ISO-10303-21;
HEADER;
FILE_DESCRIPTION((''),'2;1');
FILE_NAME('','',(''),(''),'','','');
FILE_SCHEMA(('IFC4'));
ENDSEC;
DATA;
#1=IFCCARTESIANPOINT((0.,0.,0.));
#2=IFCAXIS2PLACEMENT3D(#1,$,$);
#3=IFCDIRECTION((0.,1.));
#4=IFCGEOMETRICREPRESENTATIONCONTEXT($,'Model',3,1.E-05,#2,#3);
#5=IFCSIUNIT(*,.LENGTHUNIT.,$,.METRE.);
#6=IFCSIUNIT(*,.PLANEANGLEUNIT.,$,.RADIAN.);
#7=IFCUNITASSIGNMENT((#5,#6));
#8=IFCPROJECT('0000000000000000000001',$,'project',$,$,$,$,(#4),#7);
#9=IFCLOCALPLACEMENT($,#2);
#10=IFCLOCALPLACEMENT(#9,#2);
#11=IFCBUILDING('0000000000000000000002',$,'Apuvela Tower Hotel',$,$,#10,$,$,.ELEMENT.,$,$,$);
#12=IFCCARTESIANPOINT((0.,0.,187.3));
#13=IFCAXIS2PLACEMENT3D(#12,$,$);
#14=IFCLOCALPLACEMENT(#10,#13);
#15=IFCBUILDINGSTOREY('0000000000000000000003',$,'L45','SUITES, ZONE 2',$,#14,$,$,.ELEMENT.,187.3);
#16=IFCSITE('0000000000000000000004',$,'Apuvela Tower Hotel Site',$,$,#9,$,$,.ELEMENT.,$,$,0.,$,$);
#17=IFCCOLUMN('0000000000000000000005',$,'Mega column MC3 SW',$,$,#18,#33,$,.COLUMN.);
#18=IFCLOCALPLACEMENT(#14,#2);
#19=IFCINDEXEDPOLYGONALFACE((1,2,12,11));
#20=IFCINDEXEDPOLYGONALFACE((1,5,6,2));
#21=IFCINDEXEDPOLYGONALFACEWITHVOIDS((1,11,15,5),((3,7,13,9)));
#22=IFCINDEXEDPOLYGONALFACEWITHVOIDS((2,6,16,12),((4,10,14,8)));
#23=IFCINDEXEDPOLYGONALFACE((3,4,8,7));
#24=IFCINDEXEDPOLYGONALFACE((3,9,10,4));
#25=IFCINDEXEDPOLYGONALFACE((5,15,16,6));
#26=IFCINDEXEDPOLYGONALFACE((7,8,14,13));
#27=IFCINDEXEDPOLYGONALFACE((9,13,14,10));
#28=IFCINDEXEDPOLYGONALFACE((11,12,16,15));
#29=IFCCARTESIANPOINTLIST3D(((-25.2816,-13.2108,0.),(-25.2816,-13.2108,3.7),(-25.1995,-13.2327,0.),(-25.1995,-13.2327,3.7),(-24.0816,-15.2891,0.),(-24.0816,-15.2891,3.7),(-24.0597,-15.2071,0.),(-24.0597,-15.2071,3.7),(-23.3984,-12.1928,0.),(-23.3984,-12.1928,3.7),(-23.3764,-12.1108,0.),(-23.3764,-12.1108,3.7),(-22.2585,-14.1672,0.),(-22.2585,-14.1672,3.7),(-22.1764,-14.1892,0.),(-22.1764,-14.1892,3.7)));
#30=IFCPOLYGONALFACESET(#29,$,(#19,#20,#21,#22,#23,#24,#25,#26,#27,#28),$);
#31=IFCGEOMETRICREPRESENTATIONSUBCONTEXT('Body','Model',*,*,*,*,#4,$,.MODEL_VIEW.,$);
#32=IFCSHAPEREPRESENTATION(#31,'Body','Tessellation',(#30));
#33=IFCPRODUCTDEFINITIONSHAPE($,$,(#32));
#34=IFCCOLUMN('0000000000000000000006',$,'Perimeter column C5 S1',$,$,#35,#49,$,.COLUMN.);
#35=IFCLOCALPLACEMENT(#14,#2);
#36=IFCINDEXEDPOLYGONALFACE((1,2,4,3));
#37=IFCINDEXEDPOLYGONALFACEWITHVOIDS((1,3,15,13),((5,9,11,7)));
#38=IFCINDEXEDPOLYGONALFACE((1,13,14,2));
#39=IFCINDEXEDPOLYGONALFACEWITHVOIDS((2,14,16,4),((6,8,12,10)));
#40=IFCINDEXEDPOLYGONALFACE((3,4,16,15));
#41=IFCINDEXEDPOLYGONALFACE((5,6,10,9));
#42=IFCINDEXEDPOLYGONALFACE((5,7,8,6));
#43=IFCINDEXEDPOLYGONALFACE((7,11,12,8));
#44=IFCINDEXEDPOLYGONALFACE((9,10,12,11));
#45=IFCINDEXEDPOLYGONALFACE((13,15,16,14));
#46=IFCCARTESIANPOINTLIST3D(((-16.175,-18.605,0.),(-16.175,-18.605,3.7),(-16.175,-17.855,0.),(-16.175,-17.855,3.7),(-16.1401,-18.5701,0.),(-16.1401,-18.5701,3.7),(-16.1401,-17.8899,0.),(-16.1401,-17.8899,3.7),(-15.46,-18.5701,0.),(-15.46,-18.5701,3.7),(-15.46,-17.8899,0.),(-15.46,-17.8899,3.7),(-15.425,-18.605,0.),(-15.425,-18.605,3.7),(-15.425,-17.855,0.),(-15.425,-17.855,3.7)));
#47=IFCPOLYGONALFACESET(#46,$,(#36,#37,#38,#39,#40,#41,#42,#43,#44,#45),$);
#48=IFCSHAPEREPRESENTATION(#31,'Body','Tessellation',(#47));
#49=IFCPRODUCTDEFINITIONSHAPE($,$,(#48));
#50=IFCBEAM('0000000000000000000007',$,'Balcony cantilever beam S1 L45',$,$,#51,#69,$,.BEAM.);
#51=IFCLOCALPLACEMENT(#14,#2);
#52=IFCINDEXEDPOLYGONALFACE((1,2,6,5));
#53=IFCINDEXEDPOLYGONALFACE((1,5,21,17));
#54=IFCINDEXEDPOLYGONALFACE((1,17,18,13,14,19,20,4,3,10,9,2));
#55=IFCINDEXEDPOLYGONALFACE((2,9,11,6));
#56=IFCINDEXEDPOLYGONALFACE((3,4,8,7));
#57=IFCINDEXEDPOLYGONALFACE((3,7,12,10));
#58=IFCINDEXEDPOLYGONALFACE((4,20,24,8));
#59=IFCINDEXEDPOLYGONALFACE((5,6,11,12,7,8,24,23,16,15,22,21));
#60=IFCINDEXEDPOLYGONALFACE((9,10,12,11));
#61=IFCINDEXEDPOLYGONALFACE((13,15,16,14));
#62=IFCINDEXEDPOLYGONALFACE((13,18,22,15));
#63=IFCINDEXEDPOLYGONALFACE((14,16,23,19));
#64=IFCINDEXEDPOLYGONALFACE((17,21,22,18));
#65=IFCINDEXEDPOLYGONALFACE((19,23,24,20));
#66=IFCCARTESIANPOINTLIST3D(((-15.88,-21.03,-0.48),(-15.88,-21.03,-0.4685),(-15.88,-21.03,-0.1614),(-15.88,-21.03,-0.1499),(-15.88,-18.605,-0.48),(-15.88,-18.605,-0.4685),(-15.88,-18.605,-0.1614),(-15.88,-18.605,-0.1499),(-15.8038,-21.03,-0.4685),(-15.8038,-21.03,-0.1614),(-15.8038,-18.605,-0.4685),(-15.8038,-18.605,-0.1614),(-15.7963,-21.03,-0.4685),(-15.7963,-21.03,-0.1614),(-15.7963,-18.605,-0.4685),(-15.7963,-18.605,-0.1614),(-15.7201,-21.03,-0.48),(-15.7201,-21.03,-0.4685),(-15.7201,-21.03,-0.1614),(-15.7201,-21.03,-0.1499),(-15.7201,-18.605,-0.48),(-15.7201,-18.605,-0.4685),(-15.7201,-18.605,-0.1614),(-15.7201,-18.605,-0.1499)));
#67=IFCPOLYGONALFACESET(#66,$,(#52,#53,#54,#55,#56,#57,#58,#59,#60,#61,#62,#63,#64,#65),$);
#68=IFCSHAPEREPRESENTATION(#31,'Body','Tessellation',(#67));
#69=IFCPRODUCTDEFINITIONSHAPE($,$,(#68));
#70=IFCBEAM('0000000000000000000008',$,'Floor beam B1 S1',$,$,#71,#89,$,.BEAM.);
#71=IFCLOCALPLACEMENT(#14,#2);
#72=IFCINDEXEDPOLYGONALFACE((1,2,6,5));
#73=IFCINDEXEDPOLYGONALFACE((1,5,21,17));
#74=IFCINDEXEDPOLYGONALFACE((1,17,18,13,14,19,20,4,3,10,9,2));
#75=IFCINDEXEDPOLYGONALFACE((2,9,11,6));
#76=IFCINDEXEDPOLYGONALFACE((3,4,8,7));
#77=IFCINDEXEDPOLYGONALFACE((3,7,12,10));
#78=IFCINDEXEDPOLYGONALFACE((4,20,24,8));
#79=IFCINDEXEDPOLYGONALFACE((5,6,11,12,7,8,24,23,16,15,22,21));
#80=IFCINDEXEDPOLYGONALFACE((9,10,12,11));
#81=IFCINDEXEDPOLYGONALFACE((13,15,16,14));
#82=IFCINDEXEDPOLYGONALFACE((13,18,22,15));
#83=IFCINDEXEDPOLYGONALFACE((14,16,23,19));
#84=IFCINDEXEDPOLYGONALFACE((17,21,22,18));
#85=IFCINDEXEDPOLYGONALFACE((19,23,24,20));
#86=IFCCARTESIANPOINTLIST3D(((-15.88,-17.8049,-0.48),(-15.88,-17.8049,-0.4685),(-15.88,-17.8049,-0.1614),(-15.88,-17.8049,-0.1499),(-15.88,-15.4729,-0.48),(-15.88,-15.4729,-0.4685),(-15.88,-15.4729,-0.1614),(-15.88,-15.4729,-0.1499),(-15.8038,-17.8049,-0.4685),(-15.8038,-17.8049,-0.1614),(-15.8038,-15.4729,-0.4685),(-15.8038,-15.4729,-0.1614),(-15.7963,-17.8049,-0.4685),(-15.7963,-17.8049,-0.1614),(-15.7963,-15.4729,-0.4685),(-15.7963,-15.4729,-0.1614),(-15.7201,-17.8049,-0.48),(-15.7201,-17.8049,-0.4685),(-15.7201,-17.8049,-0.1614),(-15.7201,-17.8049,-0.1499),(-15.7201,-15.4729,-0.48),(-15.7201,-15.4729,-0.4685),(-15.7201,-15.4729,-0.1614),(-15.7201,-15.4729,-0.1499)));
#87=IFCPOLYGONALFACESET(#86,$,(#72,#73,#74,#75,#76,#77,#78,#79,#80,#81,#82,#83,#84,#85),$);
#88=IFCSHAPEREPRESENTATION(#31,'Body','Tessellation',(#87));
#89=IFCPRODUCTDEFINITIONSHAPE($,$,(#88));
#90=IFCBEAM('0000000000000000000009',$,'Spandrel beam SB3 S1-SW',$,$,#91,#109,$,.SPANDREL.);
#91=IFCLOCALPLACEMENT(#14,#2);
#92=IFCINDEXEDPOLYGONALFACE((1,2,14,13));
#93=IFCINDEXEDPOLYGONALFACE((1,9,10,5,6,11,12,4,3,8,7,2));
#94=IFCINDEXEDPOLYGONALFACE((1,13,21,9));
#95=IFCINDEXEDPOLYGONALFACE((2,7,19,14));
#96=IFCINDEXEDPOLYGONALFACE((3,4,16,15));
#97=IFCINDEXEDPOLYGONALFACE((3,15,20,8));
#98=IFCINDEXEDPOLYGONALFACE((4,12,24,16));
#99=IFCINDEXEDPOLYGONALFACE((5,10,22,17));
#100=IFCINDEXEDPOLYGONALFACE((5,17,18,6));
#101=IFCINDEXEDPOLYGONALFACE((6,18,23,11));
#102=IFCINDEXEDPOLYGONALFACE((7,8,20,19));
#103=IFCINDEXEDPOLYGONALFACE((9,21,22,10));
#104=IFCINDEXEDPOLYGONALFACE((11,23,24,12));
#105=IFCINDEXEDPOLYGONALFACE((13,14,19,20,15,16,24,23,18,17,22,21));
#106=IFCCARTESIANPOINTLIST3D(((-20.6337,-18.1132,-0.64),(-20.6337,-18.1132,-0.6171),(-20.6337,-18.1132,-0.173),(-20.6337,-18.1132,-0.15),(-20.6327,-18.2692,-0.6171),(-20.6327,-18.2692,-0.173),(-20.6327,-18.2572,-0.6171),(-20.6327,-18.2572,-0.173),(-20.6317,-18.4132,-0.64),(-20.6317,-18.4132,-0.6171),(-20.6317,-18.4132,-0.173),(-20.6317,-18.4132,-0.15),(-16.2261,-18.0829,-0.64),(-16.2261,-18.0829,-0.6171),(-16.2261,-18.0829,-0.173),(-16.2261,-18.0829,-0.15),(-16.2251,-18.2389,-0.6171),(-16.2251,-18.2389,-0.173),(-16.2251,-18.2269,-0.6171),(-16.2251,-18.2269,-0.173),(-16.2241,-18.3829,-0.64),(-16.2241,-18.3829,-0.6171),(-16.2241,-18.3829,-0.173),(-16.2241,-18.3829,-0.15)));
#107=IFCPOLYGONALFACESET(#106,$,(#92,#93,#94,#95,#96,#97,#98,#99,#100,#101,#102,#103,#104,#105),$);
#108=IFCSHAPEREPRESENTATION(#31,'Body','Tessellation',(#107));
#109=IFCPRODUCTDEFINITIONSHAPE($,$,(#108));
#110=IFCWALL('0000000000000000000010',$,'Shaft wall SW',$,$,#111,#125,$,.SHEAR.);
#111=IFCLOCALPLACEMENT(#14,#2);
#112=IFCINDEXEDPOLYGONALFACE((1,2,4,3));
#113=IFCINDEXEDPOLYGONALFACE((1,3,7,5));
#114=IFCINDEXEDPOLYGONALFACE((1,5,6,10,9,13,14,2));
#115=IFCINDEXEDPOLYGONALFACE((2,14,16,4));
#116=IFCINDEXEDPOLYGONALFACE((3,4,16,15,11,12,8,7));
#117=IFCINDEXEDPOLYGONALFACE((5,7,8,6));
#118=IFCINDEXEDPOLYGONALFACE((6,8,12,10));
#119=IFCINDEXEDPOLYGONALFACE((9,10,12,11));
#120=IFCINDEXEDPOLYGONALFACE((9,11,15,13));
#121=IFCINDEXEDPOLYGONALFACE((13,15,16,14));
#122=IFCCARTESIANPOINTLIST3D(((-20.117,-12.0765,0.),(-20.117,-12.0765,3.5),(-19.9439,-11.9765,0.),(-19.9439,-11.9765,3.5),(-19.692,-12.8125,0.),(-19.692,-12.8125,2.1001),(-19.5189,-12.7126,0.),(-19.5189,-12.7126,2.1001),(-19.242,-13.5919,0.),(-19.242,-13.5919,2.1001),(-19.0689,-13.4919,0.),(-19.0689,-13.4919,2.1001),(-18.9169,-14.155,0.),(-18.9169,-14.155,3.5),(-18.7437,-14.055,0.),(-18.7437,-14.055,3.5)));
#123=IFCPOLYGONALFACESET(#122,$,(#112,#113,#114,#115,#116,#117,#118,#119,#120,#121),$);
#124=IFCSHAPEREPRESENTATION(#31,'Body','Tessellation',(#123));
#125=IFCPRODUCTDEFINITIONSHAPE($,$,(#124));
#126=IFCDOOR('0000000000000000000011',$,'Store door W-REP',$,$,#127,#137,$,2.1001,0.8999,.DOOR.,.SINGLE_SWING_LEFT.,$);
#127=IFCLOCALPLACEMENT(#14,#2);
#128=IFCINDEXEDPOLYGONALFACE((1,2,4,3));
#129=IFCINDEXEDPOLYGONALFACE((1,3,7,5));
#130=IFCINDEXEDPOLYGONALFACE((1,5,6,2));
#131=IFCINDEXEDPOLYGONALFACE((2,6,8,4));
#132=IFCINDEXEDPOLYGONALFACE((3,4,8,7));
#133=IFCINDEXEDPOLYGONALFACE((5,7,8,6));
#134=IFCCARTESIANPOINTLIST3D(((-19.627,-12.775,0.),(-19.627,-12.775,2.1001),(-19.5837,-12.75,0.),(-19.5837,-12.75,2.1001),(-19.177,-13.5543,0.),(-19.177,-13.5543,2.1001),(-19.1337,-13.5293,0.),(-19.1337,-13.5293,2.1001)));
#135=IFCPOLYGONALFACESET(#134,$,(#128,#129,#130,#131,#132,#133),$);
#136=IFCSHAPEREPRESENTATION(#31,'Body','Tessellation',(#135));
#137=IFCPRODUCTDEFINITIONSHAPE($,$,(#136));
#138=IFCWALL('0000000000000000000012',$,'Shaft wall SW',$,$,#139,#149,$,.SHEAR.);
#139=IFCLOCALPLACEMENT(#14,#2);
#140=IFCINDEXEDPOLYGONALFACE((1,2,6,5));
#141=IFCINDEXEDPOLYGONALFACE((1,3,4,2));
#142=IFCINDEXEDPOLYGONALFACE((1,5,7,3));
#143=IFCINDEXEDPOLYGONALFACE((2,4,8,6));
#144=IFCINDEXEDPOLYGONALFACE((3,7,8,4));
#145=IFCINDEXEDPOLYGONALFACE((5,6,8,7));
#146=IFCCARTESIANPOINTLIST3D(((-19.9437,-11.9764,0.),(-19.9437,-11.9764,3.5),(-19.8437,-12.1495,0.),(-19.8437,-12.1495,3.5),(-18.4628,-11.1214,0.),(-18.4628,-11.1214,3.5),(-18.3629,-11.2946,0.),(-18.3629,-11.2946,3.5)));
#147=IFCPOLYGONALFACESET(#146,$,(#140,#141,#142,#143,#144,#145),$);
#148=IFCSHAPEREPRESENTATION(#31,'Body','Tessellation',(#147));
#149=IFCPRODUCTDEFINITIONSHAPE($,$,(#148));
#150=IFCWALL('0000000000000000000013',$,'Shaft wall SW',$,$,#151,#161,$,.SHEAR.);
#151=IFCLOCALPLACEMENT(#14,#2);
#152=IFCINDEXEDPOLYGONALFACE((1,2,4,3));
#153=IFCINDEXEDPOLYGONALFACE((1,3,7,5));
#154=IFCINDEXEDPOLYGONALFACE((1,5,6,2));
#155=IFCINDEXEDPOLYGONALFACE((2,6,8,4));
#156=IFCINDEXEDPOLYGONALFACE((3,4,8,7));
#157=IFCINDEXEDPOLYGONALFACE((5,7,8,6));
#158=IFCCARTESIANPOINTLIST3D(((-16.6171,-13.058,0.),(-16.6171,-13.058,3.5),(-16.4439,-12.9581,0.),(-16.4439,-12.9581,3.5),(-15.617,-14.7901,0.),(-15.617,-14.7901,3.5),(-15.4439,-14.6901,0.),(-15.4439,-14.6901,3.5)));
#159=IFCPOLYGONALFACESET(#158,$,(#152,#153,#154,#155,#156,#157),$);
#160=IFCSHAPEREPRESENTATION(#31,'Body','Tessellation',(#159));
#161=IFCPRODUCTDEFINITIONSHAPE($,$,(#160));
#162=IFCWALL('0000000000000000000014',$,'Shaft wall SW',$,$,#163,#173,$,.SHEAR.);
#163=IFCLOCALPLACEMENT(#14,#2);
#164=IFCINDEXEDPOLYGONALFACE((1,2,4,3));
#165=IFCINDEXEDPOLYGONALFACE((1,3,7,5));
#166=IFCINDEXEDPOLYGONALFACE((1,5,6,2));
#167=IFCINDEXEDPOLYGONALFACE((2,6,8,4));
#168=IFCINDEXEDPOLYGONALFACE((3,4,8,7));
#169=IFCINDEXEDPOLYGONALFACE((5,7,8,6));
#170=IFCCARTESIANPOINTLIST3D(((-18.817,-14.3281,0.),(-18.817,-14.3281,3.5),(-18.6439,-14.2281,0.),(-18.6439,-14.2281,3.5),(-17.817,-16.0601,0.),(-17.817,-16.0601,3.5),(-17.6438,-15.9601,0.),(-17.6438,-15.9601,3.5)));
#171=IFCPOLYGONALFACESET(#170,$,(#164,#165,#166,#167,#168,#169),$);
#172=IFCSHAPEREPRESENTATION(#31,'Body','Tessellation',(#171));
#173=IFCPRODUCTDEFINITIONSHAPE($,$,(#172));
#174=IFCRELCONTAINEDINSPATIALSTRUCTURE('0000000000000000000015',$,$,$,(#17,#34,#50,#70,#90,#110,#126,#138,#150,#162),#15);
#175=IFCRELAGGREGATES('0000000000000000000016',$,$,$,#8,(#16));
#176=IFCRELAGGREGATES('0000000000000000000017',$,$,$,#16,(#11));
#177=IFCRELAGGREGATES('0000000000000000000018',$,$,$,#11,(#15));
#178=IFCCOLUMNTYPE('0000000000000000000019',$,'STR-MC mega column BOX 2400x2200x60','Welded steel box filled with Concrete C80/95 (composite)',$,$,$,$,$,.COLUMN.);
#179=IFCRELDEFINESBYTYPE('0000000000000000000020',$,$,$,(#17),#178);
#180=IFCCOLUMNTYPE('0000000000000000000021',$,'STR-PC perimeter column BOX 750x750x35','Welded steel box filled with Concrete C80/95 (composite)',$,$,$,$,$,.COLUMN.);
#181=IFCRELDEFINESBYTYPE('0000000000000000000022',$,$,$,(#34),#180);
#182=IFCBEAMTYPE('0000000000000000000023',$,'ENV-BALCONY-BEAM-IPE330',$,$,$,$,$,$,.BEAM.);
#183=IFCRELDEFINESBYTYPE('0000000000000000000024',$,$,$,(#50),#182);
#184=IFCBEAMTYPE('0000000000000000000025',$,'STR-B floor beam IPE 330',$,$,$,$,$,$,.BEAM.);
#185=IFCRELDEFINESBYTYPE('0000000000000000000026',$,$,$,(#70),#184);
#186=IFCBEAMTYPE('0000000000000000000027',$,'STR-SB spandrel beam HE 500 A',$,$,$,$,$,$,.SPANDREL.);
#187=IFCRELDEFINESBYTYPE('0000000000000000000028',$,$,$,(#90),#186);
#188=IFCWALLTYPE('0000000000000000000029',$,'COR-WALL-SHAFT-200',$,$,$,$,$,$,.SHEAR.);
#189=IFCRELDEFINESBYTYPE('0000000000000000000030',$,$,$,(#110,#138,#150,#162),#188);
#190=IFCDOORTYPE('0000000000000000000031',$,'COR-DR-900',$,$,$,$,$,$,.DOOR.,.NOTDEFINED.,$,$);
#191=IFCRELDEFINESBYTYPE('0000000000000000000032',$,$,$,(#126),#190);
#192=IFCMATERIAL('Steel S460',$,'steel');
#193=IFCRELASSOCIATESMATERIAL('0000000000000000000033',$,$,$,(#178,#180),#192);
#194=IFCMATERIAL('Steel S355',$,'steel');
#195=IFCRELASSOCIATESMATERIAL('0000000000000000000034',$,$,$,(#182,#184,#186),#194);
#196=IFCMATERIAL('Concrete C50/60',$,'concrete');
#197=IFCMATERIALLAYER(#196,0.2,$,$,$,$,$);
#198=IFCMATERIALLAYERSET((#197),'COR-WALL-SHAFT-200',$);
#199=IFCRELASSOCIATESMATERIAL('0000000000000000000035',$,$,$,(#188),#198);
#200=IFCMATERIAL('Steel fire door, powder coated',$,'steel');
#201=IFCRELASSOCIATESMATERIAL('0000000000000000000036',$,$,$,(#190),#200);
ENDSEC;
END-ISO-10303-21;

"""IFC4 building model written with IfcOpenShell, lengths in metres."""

from ifc_helpers import new_model, si_unit, direction, frame, frame_2d, origin, origin_2d, place, context, subcontext, project, spatial, rectangle, hollow_rectangle, i_section, extrude, material, layer, layer_set, material_profile, profile_set, type_object, element, fill, save


model = new_model("IFC4")

# Units and contexts
model_context = context("Model", 3, precision=1e-05, world=origin(), true_north=direction((0.0, 1.0)))
body_context = subcontext(model_context, "Body", "Model", "MODEL_VIEW")
ifc_project = project(units=[si_unit("LENGTHUNIT", "METRE"), si_unit("PLANEANGLEUNIT", "RADIAN")], contexts=[model_context])

# Site, building, storey
site_placement = place(None, origin())
site = spatial("IfcSite", under=ifc_project, at=site_placement, Name="Apuvela Tower Hotel Site", CompositionType="ELEMENT", RefElevation=0.0)
building_placement = place(site_placement, origin())
building = spatial("IfcBuilding", under=site, at=building_placement, Name="Apuvela Tower Hotel", CompositionType="ELEMENT")
storey_placement = place(building_placement, frame((0.0, 0.0, 187.3)))
storey = spatial("IfcBuildingStorey", under=building, at=storey_placement, Name="L45", Description="SUITES, ZONE 2", CompositionType="ELEMENT", Elevation=187.3)

# Columns
ifc_material_1 = material(Name="Steel S460", Category="steel")
ifc_material_profile_1 = material_profile(ifc_material_1, hollow_rectangle(XDim=2.3999, YDim=2.2, WallThickness=0.0601, at=origin_2d()), Name="BOX 2400x2200x60")
ifc_material_2 = material(Name="Concrete C80/95", Category="concrete")
ifc_material_profile_2 = material_profile(ifc_material_2, rectangle(XDim=2.28, YDim=2.0801, at=origin_2d()), Name="Concrete C80/95 infill")
ifc_profile_set_1 = profile_set([ifc_material_profile_1, ifc_material_profile_2], Name="Steel S460")
column_type_1 = type_object("IfcColumnType", Name="STR-MC mega column BOX 2400x2200x60", Description="Welded steel box filled with Concrete C80/95 (composite)", PredefinedType="COLUMN", material=ifc_profile_set_1)
column_1_placement = place(storey_placement, frame((-23.729, -13.7, 0.0), z_axis=(0.0, 0.0, 1.0), x_axis=(-0.5, 0.866025, 0.0)))
element("IfcColumn", 1, at=column_1_placement, inside=storey, type_object=column_type_1, Name="Mega column MC3 SW", PredefinedType="COLUMN", context=body_context, shape_type="SweptSolid", body=[
    extrude(hollow_rectangle(XDim=2.3999, YDim=2.2, WallThickness=0.0601, at=origin_2d()), origin(), (0.0, 0.0, 1.0), 3.7),
])
ifc_material_profile_3 = material_profile(ifc_material_1, hollow_rectangle(XDim=0.75, YDim=0.75, WallThickness=0.0349, at=origin_2d()), Name="BOX 750x750x35")
ifc_material_profile_4 = material_profile(ifc_material_2, rectangle(XDim=0.6799, YDim=0.6799, at=origin_2d()), Name="Concrete C80/95 infill")
ifc_profile_set_2 = profile_set([ifc_material_profile_3, ifc_material_profile_4], Name="Steel S460")
column_type_2 = type_object("IfcColumnType", Name="STR-PC perimeter column BOX 750x750x35", Description="Welded steel box filled with Concrete C80/95 (composite)", PredefinedType="COLUMN", material=ifc_profile_set_2)
column_2_placement = place(storey_placement, frame((-15.8, -18.23, 0.0), z_axis=(0.0, 0.0, 1.0), x_axis=(-1.0, 0.0, 0.0)))
element("IfcColumn", 2, at=column_2_placement, inside=storey, type_object=column_type_2, Name="Perimeter column C5 S1", PredefinedType="COLUMN", context=body_context, shape_type="SweptSolid", body=[
    extrude(hollow_rectangle(XDim=0.75, YDim=0.75, WallThickness=0.0349, at=origin_2d()), origin(), (0.0, 0.0, 1.0), 3.7),
])

# Beams
ifc_material_3 = material(Name="Steel S355", Category="steel")
ifc_material_profile_5 = material_profile(ifc_material_3, i_section(OverallWidth=0.1599, OverallDepth=0.3301, WebThickness=0.0076, FlangeThickness=0.0115, at=origin_2d()), Name="IPE 330")
ifc_profile_set_3 = profile_set([ifc_material_profile_5], Name="Steel S355")
beam_type_1 = type_object("IfcBeamType", Name="ENV-BALCONY-BEAM-IPE330", PredefinedType="BEAM", material=ifc_profile_set_3)
beam_1_placement = place(storey_placement, frame((-15.8, -18.605, -0.3149), z_axis=(0.0, -1.0, 0.0), x_axis=(1.0, 0.0, 0.0)))
element("IfcBeam", 3, at=beam_1_placement, inside=storey, type_object=beam_type_1, Name="Balcony cantilever beam S1 L45", PredefinedType="BEAM", context=body_context, shape_type="SweptSolid", body=[
    extrude(i_section(OverallWidth=0.1599, OverallDepth=0.3301, WebThickness=0.0076, FlangeThickness=0.0115, at=origin_2d()), origin(), (0.0, 0.0, 1.0), 2.425),
])
ifc_material_profile_6 = material_profile(ifc_material_3, i_section(OverallWidth=0.1599, OverallDepth=0.3301, WebThickness=0.0076, FlangeThickness=0.0115, at=origin_2d()), Name="IPE 330")
ifc_profile_set_4 = profile_set([ifc_material_profile_6], Name="Steel S355")
beam_type_2 = type_object("IfcBeamType", Name="STR-B floor beam IPE 330", PredefinedType="BEAM", material=ifc_profile_set_4)
beam_2_placement = place(storey_placement, frame((-15.8, -17.8049, -0.3149), z_axis=(0.0, 1.0, 0.0), x_axis=(-1.0, 0.0, 0.0)))
element("IfcBeam", 4, at=beam_2_placement, inside=storey, type_object=beam_type_2, Name="Floor beam B1 S1", PredefinedType="BEAM", context=body_context, shape_type="SweptSolid", body=[
    extrude(i_section(OverallWidth=0.1599, OverallDepth=0.3301, WebThickness=0.0076, FlangeThickness=0.0115, at=origin_2d()), origin(), (0.0, 0.0, 1.0), 2.332),
])
ifc_material_profile_7 = material_profile(ifc_material_3, i_section(OverallWidth=0.3, OverallDepth=0.49, WebThickness=0.012, FlangeThickness=0.0229, at=origin_2d()), Name="HE 500 A")
ifc_profile_set_5 = profile_set([ifc_material_profile_7], Name="Steel S355")
beam_type_3 = type_object("IfcBeamType", Name="STR-SB spandrel beam HE 500 A", PredefinedType="SPANDREL", material=ifc_profile_set_5)
beam_3_placement = place(storey_placement, frame((-16.2251, -18.2329, -0.395), z_axis=(-0.999976, -0.006868, 0.0), x_axis=(0.006868, -0.999976, 0.0)))
element("IfcBeam", 5, at=beam_3_placement, inside=storey, type_object=beam_type_3, Name="Spandrel beam SB3 S1-SW", PredefinedType="SPANDREL", context=body_context, shape_type="SweptSolid", body=[
    extrude(i_section(OverallWidth=0.3, OverallDepth=0.49, WebThickness=0.012, FlangeThickness=0.0229, at=origin_2d()), origin(), (0.0, 0.0, 1.0), 4.4077),
])

# Wall, opening, door
ifc_material_4 = material(Name="Concrete C50/60", Category="concrete")
ifc_layer_1 = layer(ifc_material_4, 0.2)
ifc_layer_set_1 = layer_set([ifc_layer_1], Name="COR-WALL-SHAFT-200")
wall_type_1 = type_object("IfcWallType", Name="COR-WALL-SHAFT-200", PredefinedType="SHEAR", material=ifc_layer_set_1)
wall_1_placement = place(storey_placement, frame((-20.0305, -12.0264, 0.0), z_axis=(0.0, 0.0, 1.0), x_axis=(0.500034, -0.866006, 0.0)))
wall_1 = element("IfcWall", 6, at=wall_1_placement, inside=storey, type_object=wall_type_1, Name="Shaft wall SW", PredefinedType="SHEAR", context=body_context, shape_type="SweptSolid", body=[
    extrude(rectangle(XDim=2.4001, YDim=0.2, at=frame_2d((1.2002, 0.0))), origin(), (0.0, 0.0, 1.0), 3.5),
])
opening_1_placement = place(wall_1_placement, frame((0.8501, 0.0, 0.0)))
opening_1 = element("IfcOpeningElement", 7, at=opening_1_placement, cuts=wall_1, PredefinedType="OPENING", context=body_context, shape_type="SweptSolid", body=[
    extrude(rectangle(XDim=0.8999, YDim=2.1001, at=frame_2d((0.45, 1.05))), frame((0.0, 0.1099, 0.0), z_axis=(0.0, -1.0, 0.0), x_axis=(1.0, 0.0, 0.0)), (0.0, 0.0, 1.0), 0.22),
])
ifc_material_5 = material(Name="Steel fire door, powder coated", Category="steel")
door_type_1 = type_object("IfcDoorType", Name="COR-DR-900", OperationType="NOTDEFINED", PredefinedType="DOOR", material=ifc_material_5)
door_1_placement = place(opening_1_placement, frame((0.8999, 0.0, 0.0), z_axis=(0.0, 0.0, 1.0), x_axis=(-1.0, 0.0, 0.0)))
door_1 = element("IfcDoor", 8, at=door_1_placement, inside=storey, type_object=door_type_1, Name="Store door W-REP", OperationType="SINGLE_SWING_LEFT", OverallHeight=2.1001, OverallWidth=0.8999, PredefinedType="DOOR", context=body_context, shape_type="SweptSolid", body=[
    extrude(rectangle(XDim=0.8999, YDim=2.1001, at=frame_2d((0.45, 1.05))), frame((0.0, 0.0249, 0.0), z_axis=(0.0, -1.0, 0.0), x_axis=(1.0, 0.0, 0.0)), (0.0, 0.0, 1.0), 0.05),
])
fill(opening_1, door_1)

# Walls
wall_2_placement = place(storey_placement, frame((-18.4128, -11.208, 0.0), z_axis=(0.0, 0.0, 1.0), x_axis=(-0.866038, -0.499978, 0.0)))
element("IfcWall", 9, at=wall_2_placement, inside=storey, type_object=wall_type_1, Name="Shaft wall SW", PredefinedType="SHEAR", context=body_context, shape_type="SweptSolid", body=[
    extrude(rectangle(XDim=1.71, YDim=0.2, at=frame_2d((0.855, 0.0))), origin(), (0.0, 0.0, 1.0), 3.5),
])
for number, where, z_axis, x_axis, name in (
    (10, (-16.5305, -13.0081, 0.0), (0.0, 0.0, 1.0), (0.500025, -0.866011, 0.0), "Shaft wall SW"),
    (11, (-18.7305, -14.2781, 0.0), (0.0, 0.0, 1.0), (0.500025, -0.866011, 0.0), "Shaft wall SW"),
):
    element("IfcWall", number, at=place(storey_placement, frame(where, z_axis=z_axis, x_axis=x_axis)), inside=storey, type_object=wall_type_1, Name=name, PredefinedType="SHEAR", context=body_context, shape_type="SweptSolid", body=[
        extrude(rectangle(XDim=2.0, YDim=0.2, at=frame_2d((1.0, 0.0))), origin(), (0.0, 0.0, 1.0), 3.5),
    ])

save(model, "model.ifc")
